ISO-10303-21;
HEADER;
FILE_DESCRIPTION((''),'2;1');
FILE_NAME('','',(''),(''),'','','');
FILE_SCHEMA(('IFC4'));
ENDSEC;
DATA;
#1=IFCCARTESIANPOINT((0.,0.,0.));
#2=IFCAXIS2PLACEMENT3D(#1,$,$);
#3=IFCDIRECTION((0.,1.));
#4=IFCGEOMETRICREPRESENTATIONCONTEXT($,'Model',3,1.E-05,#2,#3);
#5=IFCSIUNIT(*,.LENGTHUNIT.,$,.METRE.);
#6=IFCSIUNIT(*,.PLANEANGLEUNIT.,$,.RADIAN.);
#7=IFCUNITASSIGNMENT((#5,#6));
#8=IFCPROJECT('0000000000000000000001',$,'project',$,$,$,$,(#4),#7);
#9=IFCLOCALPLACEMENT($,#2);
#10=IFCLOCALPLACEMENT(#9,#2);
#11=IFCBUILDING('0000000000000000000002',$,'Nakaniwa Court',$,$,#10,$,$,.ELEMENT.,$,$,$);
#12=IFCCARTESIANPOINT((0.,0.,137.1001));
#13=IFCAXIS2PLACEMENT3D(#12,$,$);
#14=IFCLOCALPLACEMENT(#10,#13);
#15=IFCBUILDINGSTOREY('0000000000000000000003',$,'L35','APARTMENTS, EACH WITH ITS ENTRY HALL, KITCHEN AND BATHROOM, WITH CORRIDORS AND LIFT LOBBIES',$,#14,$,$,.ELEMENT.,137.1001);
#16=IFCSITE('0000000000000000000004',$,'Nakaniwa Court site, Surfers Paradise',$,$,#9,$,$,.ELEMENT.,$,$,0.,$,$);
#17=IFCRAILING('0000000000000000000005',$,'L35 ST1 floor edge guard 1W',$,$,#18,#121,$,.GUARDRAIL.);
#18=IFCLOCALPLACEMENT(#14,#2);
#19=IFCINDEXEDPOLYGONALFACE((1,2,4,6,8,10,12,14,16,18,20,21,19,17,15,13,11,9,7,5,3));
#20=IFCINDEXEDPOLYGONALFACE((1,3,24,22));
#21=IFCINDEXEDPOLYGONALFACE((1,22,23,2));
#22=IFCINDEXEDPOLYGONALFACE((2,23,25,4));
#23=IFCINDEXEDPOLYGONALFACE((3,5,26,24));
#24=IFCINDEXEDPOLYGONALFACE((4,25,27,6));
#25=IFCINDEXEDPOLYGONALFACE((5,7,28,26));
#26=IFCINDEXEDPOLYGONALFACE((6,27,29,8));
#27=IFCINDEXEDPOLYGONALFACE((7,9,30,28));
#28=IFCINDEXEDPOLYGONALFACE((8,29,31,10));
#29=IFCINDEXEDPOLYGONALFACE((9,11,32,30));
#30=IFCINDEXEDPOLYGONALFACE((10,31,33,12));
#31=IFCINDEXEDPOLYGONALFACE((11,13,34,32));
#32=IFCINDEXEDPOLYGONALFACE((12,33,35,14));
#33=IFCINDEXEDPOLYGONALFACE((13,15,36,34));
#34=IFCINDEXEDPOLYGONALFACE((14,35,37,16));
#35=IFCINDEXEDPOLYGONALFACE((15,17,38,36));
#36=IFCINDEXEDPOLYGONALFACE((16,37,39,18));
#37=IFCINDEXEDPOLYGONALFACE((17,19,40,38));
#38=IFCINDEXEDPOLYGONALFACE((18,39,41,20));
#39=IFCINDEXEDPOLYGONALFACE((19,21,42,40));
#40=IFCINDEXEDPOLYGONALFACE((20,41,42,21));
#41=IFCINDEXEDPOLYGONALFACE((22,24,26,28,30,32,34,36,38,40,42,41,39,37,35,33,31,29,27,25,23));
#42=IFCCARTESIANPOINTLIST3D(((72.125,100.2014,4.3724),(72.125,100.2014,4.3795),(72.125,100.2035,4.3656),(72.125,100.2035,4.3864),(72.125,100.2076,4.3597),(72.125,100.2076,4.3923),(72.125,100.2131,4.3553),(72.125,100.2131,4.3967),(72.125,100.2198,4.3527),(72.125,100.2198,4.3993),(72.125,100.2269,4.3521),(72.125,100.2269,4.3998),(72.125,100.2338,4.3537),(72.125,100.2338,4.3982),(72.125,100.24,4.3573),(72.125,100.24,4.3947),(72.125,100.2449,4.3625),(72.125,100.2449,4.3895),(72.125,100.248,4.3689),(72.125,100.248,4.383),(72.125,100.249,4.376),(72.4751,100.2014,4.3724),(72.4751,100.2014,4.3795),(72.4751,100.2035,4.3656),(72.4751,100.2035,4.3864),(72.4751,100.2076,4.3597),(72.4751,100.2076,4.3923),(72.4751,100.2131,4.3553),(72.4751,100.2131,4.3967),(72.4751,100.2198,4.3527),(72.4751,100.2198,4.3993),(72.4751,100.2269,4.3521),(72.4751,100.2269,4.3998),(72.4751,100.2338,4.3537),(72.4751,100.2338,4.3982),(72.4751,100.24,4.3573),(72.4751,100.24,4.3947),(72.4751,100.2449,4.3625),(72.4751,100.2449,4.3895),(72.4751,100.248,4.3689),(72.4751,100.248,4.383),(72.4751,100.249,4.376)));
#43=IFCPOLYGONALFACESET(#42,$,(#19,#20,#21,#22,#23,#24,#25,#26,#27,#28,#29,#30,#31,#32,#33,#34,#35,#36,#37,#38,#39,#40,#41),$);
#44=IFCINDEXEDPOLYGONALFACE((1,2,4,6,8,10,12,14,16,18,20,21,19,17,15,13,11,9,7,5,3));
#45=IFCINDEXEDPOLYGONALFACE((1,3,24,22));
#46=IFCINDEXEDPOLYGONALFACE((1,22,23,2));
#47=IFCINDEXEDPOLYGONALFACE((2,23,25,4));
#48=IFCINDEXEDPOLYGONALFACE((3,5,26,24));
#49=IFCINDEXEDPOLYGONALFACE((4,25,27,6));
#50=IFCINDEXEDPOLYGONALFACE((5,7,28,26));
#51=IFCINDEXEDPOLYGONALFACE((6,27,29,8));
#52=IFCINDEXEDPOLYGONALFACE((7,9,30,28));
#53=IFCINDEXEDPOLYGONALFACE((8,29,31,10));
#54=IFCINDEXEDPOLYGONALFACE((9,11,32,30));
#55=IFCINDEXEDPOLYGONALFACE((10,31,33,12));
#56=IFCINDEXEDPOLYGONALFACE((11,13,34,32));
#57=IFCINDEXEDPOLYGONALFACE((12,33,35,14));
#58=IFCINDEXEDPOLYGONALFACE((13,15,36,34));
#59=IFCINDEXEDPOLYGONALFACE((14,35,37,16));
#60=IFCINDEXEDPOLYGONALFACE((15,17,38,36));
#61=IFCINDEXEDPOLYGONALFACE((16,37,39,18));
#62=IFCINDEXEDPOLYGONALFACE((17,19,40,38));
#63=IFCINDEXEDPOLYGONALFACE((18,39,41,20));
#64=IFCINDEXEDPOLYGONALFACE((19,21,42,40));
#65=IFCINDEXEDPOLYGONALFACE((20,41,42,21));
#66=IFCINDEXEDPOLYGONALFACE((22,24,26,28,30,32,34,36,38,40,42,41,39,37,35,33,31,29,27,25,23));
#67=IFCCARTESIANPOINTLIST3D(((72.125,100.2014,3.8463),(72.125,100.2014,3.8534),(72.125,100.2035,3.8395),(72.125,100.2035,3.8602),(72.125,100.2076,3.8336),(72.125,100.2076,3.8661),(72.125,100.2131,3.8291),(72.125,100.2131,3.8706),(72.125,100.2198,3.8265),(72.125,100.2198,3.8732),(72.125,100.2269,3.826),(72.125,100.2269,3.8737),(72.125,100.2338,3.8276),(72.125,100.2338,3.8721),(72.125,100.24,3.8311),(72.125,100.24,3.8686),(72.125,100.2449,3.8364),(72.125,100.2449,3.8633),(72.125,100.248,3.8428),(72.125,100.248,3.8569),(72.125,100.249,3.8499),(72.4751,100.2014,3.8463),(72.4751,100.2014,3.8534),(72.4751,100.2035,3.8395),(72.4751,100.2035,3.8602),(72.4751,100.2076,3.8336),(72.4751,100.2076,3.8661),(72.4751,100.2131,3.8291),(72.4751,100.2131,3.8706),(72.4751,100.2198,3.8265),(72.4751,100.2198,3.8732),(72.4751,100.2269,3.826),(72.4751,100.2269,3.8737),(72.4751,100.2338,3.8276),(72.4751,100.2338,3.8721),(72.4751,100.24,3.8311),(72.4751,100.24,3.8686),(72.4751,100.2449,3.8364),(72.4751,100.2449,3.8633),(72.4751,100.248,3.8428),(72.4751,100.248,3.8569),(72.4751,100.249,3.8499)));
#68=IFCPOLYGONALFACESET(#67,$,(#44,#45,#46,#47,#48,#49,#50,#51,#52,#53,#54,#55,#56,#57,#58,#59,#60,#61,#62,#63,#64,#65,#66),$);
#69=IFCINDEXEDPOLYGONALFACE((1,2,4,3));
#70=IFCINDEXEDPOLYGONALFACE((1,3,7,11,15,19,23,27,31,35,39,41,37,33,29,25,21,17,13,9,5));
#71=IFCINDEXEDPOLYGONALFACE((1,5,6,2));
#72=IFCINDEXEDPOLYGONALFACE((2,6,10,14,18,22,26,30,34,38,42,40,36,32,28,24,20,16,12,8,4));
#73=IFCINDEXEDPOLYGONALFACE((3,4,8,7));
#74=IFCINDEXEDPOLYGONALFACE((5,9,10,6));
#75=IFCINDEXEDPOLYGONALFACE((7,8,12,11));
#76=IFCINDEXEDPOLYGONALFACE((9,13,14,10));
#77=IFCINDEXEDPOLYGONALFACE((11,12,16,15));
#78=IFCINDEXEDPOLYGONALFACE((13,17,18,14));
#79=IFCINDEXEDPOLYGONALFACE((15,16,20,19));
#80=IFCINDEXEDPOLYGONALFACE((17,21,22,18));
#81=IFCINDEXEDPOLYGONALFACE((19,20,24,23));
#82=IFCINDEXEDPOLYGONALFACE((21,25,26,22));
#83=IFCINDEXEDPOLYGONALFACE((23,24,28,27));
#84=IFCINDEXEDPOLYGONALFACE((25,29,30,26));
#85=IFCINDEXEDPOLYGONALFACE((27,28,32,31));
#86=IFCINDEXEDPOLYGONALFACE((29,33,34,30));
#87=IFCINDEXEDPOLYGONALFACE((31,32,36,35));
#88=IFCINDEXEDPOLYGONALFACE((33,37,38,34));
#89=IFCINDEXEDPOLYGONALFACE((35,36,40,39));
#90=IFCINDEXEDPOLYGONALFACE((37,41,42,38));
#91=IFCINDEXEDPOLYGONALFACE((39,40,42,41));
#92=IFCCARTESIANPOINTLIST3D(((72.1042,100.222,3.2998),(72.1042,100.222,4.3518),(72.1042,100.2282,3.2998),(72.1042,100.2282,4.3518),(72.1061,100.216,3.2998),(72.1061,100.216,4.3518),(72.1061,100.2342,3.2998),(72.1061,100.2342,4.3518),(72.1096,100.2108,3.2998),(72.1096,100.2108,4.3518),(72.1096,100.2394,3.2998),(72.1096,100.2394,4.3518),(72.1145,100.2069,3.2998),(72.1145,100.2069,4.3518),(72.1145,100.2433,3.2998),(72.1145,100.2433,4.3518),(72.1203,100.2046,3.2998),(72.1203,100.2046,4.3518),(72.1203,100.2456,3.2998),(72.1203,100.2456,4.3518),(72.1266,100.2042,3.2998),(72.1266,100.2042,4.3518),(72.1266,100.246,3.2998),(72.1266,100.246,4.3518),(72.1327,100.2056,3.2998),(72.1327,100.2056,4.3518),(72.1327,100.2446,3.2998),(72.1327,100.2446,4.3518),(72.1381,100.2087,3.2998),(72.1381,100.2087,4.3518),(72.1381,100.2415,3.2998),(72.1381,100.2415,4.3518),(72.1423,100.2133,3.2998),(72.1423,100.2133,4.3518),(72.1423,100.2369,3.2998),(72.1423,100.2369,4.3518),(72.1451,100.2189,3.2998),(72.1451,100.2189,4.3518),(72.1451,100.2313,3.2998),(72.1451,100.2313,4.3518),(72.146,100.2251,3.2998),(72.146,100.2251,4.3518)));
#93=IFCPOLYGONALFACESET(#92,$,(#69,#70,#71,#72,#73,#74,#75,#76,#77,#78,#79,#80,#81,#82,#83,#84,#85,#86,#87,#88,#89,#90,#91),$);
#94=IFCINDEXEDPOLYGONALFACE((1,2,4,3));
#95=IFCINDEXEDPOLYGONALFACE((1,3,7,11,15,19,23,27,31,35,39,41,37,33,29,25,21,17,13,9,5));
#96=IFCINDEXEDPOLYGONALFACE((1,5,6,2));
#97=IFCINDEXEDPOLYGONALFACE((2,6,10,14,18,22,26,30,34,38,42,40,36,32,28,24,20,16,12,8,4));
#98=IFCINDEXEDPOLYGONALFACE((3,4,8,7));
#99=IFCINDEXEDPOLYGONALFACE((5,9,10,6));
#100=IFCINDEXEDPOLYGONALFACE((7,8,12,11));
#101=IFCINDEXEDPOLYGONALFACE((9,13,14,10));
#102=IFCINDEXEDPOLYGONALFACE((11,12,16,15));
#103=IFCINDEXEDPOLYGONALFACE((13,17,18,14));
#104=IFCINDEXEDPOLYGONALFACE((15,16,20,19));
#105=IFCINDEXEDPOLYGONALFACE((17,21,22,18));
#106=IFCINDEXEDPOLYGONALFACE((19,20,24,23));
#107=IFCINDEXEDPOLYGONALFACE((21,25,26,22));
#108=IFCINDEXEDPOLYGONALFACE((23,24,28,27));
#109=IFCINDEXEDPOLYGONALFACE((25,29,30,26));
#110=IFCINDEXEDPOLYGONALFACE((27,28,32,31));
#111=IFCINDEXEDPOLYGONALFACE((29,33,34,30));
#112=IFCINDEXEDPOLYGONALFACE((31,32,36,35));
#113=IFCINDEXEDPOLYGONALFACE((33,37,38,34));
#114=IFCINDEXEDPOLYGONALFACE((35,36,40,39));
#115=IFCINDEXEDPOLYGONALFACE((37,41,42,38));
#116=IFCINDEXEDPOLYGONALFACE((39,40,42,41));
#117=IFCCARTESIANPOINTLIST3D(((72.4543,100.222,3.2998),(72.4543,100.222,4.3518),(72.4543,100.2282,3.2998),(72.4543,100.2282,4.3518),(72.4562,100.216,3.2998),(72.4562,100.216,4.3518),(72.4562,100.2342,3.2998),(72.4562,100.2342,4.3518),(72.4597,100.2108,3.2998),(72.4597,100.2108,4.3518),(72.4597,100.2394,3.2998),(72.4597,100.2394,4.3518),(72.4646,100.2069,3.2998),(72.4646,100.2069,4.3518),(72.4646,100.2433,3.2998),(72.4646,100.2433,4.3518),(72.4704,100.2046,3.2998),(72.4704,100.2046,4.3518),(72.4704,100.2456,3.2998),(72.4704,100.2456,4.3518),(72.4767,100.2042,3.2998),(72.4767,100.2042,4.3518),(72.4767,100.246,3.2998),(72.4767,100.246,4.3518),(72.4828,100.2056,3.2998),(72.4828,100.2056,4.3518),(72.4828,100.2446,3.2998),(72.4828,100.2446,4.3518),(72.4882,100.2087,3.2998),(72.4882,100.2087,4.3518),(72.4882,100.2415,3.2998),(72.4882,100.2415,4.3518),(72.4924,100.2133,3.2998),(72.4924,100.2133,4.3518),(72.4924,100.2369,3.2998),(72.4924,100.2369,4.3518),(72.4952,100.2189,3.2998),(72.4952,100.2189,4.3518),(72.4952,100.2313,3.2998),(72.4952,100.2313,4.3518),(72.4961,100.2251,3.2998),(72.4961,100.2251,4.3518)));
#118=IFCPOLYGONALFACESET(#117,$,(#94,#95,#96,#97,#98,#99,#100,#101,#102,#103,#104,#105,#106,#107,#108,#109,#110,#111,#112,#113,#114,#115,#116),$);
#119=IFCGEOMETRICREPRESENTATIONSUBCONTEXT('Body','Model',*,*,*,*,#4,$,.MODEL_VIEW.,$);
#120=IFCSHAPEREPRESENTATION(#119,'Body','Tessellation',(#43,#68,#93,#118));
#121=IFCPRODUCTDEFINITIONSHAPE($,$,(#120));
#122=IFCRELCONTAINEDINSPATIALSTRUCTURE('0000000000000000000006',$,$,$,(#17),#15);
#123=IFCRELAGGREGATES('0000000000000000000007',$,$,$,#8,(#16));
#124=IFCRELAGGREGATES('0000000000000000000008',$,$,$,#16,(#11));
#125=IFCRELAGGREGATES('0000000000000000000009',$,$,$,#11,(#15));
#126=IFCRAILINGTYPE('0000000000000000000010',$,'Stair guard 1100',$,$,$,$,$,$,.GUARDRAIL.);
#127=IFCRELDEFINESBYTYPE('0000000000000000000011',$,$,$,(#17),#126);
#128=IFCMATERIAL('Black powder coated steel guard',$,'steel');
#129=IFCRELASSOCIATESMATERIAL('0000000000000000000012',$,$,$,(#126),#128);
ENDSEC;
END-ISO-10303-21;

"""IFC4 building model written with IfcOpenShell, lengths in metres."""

from ifc_helpers import new_model, si_unit, direction, frame, origin, origin_2d, place, context, subcontext, project, spatial, circle, extrude, material, type_object, element, save


model = new_model("IFC4")

# Units and contexts
model_context = context("Model", 3, precision=1e-05, world=origin(), true_north=direction((0.0, 1.0)))
body_context = subcontext(model_context, "Body", "Model", "MODEL_VIEW")
ifc_project = project(units=[si_unit("LENGTHUNIT", "METRE"), si_unit("PLANEANGLEUNIT", "RADIAN")], contexts=[model_context])

# Site, building, storey
site_placement = place(None, origin())
site = spatial("IfcSite", under=ifc_project, at=site_placement, Name="Nakaniwa Court site, Surfers Paradise", CompositionType="ELEMENT", RefElevation=0.0)
building_placement = place(site_placement, origin())
building = spatial("IfcBuilding", under=site, at=building_placement, Name="Nakaniwa Court", CompositionType="ELEMENT")
storey_placement = place(building_placement, frame((0.0, 0.0, 137.1001)))
storey = spatial("IfcBuildingStorey", under=building, at=storey_placement, Name="L35", Description="APARTMENTS, EACH WITH ITS ENTRY HALL, KITCHEN AND BATHROOM, WITH CORRIDORS AND LIFT LOBBIES", CompositionType="ELEMENT", Elevation=137.1001)

# Railing
ifc_material_1 = material(Name="Black powder coated steel guard", Category="steel")
railing_type_1 = type_object("IfcRailingType", Name="Stair guard 1100", PredefinedType="GUARDRAIL", material=ifc_material_1)
for number, where, name in (
    (1, (72.125, 100.2251, 3.2998), "L35 ST1 floor edge guard 1W"),
):
    element("IfcRailing", number, at=place(storey_placement, frame(where)), inside=storey, type_object=railing_type_1, Name=name, PredefinedType="GUARDRAIL", context=body_context, shape_type="SweptSolid", body=[
        extrude(circle(Radius=0.0239, at=origin_2d()), frame((0.0, 0.0, 1.0762), z_axis=(1.0, 0.0, 0.0), x_axis=(0.0, 1.0, 0.0)), (0.0, 0.0, 1.0), 0.3501),
        extrude(circle(Radius=0.0239, at=origin_2d()), frame((0.0, 0.0, 0.55), z_axis=(1.0, 0.0, 0.0), x_axis=(0.0, 1.0, 0.0)), (0.0, 0.0, 1.0), 0.3501),
        extrude(circle(Radius=0.021, at=origin_2d()), origin(), (0.0, 0.0, 1.0), 1.052),
        extrude(circle(Radius=0.021, at=origin_2d()), frame((0.3501, 0.0, 0.0)), (0.0, 0.0, 1.0), 1.052),
    ])

save(model, "model.ifc")
